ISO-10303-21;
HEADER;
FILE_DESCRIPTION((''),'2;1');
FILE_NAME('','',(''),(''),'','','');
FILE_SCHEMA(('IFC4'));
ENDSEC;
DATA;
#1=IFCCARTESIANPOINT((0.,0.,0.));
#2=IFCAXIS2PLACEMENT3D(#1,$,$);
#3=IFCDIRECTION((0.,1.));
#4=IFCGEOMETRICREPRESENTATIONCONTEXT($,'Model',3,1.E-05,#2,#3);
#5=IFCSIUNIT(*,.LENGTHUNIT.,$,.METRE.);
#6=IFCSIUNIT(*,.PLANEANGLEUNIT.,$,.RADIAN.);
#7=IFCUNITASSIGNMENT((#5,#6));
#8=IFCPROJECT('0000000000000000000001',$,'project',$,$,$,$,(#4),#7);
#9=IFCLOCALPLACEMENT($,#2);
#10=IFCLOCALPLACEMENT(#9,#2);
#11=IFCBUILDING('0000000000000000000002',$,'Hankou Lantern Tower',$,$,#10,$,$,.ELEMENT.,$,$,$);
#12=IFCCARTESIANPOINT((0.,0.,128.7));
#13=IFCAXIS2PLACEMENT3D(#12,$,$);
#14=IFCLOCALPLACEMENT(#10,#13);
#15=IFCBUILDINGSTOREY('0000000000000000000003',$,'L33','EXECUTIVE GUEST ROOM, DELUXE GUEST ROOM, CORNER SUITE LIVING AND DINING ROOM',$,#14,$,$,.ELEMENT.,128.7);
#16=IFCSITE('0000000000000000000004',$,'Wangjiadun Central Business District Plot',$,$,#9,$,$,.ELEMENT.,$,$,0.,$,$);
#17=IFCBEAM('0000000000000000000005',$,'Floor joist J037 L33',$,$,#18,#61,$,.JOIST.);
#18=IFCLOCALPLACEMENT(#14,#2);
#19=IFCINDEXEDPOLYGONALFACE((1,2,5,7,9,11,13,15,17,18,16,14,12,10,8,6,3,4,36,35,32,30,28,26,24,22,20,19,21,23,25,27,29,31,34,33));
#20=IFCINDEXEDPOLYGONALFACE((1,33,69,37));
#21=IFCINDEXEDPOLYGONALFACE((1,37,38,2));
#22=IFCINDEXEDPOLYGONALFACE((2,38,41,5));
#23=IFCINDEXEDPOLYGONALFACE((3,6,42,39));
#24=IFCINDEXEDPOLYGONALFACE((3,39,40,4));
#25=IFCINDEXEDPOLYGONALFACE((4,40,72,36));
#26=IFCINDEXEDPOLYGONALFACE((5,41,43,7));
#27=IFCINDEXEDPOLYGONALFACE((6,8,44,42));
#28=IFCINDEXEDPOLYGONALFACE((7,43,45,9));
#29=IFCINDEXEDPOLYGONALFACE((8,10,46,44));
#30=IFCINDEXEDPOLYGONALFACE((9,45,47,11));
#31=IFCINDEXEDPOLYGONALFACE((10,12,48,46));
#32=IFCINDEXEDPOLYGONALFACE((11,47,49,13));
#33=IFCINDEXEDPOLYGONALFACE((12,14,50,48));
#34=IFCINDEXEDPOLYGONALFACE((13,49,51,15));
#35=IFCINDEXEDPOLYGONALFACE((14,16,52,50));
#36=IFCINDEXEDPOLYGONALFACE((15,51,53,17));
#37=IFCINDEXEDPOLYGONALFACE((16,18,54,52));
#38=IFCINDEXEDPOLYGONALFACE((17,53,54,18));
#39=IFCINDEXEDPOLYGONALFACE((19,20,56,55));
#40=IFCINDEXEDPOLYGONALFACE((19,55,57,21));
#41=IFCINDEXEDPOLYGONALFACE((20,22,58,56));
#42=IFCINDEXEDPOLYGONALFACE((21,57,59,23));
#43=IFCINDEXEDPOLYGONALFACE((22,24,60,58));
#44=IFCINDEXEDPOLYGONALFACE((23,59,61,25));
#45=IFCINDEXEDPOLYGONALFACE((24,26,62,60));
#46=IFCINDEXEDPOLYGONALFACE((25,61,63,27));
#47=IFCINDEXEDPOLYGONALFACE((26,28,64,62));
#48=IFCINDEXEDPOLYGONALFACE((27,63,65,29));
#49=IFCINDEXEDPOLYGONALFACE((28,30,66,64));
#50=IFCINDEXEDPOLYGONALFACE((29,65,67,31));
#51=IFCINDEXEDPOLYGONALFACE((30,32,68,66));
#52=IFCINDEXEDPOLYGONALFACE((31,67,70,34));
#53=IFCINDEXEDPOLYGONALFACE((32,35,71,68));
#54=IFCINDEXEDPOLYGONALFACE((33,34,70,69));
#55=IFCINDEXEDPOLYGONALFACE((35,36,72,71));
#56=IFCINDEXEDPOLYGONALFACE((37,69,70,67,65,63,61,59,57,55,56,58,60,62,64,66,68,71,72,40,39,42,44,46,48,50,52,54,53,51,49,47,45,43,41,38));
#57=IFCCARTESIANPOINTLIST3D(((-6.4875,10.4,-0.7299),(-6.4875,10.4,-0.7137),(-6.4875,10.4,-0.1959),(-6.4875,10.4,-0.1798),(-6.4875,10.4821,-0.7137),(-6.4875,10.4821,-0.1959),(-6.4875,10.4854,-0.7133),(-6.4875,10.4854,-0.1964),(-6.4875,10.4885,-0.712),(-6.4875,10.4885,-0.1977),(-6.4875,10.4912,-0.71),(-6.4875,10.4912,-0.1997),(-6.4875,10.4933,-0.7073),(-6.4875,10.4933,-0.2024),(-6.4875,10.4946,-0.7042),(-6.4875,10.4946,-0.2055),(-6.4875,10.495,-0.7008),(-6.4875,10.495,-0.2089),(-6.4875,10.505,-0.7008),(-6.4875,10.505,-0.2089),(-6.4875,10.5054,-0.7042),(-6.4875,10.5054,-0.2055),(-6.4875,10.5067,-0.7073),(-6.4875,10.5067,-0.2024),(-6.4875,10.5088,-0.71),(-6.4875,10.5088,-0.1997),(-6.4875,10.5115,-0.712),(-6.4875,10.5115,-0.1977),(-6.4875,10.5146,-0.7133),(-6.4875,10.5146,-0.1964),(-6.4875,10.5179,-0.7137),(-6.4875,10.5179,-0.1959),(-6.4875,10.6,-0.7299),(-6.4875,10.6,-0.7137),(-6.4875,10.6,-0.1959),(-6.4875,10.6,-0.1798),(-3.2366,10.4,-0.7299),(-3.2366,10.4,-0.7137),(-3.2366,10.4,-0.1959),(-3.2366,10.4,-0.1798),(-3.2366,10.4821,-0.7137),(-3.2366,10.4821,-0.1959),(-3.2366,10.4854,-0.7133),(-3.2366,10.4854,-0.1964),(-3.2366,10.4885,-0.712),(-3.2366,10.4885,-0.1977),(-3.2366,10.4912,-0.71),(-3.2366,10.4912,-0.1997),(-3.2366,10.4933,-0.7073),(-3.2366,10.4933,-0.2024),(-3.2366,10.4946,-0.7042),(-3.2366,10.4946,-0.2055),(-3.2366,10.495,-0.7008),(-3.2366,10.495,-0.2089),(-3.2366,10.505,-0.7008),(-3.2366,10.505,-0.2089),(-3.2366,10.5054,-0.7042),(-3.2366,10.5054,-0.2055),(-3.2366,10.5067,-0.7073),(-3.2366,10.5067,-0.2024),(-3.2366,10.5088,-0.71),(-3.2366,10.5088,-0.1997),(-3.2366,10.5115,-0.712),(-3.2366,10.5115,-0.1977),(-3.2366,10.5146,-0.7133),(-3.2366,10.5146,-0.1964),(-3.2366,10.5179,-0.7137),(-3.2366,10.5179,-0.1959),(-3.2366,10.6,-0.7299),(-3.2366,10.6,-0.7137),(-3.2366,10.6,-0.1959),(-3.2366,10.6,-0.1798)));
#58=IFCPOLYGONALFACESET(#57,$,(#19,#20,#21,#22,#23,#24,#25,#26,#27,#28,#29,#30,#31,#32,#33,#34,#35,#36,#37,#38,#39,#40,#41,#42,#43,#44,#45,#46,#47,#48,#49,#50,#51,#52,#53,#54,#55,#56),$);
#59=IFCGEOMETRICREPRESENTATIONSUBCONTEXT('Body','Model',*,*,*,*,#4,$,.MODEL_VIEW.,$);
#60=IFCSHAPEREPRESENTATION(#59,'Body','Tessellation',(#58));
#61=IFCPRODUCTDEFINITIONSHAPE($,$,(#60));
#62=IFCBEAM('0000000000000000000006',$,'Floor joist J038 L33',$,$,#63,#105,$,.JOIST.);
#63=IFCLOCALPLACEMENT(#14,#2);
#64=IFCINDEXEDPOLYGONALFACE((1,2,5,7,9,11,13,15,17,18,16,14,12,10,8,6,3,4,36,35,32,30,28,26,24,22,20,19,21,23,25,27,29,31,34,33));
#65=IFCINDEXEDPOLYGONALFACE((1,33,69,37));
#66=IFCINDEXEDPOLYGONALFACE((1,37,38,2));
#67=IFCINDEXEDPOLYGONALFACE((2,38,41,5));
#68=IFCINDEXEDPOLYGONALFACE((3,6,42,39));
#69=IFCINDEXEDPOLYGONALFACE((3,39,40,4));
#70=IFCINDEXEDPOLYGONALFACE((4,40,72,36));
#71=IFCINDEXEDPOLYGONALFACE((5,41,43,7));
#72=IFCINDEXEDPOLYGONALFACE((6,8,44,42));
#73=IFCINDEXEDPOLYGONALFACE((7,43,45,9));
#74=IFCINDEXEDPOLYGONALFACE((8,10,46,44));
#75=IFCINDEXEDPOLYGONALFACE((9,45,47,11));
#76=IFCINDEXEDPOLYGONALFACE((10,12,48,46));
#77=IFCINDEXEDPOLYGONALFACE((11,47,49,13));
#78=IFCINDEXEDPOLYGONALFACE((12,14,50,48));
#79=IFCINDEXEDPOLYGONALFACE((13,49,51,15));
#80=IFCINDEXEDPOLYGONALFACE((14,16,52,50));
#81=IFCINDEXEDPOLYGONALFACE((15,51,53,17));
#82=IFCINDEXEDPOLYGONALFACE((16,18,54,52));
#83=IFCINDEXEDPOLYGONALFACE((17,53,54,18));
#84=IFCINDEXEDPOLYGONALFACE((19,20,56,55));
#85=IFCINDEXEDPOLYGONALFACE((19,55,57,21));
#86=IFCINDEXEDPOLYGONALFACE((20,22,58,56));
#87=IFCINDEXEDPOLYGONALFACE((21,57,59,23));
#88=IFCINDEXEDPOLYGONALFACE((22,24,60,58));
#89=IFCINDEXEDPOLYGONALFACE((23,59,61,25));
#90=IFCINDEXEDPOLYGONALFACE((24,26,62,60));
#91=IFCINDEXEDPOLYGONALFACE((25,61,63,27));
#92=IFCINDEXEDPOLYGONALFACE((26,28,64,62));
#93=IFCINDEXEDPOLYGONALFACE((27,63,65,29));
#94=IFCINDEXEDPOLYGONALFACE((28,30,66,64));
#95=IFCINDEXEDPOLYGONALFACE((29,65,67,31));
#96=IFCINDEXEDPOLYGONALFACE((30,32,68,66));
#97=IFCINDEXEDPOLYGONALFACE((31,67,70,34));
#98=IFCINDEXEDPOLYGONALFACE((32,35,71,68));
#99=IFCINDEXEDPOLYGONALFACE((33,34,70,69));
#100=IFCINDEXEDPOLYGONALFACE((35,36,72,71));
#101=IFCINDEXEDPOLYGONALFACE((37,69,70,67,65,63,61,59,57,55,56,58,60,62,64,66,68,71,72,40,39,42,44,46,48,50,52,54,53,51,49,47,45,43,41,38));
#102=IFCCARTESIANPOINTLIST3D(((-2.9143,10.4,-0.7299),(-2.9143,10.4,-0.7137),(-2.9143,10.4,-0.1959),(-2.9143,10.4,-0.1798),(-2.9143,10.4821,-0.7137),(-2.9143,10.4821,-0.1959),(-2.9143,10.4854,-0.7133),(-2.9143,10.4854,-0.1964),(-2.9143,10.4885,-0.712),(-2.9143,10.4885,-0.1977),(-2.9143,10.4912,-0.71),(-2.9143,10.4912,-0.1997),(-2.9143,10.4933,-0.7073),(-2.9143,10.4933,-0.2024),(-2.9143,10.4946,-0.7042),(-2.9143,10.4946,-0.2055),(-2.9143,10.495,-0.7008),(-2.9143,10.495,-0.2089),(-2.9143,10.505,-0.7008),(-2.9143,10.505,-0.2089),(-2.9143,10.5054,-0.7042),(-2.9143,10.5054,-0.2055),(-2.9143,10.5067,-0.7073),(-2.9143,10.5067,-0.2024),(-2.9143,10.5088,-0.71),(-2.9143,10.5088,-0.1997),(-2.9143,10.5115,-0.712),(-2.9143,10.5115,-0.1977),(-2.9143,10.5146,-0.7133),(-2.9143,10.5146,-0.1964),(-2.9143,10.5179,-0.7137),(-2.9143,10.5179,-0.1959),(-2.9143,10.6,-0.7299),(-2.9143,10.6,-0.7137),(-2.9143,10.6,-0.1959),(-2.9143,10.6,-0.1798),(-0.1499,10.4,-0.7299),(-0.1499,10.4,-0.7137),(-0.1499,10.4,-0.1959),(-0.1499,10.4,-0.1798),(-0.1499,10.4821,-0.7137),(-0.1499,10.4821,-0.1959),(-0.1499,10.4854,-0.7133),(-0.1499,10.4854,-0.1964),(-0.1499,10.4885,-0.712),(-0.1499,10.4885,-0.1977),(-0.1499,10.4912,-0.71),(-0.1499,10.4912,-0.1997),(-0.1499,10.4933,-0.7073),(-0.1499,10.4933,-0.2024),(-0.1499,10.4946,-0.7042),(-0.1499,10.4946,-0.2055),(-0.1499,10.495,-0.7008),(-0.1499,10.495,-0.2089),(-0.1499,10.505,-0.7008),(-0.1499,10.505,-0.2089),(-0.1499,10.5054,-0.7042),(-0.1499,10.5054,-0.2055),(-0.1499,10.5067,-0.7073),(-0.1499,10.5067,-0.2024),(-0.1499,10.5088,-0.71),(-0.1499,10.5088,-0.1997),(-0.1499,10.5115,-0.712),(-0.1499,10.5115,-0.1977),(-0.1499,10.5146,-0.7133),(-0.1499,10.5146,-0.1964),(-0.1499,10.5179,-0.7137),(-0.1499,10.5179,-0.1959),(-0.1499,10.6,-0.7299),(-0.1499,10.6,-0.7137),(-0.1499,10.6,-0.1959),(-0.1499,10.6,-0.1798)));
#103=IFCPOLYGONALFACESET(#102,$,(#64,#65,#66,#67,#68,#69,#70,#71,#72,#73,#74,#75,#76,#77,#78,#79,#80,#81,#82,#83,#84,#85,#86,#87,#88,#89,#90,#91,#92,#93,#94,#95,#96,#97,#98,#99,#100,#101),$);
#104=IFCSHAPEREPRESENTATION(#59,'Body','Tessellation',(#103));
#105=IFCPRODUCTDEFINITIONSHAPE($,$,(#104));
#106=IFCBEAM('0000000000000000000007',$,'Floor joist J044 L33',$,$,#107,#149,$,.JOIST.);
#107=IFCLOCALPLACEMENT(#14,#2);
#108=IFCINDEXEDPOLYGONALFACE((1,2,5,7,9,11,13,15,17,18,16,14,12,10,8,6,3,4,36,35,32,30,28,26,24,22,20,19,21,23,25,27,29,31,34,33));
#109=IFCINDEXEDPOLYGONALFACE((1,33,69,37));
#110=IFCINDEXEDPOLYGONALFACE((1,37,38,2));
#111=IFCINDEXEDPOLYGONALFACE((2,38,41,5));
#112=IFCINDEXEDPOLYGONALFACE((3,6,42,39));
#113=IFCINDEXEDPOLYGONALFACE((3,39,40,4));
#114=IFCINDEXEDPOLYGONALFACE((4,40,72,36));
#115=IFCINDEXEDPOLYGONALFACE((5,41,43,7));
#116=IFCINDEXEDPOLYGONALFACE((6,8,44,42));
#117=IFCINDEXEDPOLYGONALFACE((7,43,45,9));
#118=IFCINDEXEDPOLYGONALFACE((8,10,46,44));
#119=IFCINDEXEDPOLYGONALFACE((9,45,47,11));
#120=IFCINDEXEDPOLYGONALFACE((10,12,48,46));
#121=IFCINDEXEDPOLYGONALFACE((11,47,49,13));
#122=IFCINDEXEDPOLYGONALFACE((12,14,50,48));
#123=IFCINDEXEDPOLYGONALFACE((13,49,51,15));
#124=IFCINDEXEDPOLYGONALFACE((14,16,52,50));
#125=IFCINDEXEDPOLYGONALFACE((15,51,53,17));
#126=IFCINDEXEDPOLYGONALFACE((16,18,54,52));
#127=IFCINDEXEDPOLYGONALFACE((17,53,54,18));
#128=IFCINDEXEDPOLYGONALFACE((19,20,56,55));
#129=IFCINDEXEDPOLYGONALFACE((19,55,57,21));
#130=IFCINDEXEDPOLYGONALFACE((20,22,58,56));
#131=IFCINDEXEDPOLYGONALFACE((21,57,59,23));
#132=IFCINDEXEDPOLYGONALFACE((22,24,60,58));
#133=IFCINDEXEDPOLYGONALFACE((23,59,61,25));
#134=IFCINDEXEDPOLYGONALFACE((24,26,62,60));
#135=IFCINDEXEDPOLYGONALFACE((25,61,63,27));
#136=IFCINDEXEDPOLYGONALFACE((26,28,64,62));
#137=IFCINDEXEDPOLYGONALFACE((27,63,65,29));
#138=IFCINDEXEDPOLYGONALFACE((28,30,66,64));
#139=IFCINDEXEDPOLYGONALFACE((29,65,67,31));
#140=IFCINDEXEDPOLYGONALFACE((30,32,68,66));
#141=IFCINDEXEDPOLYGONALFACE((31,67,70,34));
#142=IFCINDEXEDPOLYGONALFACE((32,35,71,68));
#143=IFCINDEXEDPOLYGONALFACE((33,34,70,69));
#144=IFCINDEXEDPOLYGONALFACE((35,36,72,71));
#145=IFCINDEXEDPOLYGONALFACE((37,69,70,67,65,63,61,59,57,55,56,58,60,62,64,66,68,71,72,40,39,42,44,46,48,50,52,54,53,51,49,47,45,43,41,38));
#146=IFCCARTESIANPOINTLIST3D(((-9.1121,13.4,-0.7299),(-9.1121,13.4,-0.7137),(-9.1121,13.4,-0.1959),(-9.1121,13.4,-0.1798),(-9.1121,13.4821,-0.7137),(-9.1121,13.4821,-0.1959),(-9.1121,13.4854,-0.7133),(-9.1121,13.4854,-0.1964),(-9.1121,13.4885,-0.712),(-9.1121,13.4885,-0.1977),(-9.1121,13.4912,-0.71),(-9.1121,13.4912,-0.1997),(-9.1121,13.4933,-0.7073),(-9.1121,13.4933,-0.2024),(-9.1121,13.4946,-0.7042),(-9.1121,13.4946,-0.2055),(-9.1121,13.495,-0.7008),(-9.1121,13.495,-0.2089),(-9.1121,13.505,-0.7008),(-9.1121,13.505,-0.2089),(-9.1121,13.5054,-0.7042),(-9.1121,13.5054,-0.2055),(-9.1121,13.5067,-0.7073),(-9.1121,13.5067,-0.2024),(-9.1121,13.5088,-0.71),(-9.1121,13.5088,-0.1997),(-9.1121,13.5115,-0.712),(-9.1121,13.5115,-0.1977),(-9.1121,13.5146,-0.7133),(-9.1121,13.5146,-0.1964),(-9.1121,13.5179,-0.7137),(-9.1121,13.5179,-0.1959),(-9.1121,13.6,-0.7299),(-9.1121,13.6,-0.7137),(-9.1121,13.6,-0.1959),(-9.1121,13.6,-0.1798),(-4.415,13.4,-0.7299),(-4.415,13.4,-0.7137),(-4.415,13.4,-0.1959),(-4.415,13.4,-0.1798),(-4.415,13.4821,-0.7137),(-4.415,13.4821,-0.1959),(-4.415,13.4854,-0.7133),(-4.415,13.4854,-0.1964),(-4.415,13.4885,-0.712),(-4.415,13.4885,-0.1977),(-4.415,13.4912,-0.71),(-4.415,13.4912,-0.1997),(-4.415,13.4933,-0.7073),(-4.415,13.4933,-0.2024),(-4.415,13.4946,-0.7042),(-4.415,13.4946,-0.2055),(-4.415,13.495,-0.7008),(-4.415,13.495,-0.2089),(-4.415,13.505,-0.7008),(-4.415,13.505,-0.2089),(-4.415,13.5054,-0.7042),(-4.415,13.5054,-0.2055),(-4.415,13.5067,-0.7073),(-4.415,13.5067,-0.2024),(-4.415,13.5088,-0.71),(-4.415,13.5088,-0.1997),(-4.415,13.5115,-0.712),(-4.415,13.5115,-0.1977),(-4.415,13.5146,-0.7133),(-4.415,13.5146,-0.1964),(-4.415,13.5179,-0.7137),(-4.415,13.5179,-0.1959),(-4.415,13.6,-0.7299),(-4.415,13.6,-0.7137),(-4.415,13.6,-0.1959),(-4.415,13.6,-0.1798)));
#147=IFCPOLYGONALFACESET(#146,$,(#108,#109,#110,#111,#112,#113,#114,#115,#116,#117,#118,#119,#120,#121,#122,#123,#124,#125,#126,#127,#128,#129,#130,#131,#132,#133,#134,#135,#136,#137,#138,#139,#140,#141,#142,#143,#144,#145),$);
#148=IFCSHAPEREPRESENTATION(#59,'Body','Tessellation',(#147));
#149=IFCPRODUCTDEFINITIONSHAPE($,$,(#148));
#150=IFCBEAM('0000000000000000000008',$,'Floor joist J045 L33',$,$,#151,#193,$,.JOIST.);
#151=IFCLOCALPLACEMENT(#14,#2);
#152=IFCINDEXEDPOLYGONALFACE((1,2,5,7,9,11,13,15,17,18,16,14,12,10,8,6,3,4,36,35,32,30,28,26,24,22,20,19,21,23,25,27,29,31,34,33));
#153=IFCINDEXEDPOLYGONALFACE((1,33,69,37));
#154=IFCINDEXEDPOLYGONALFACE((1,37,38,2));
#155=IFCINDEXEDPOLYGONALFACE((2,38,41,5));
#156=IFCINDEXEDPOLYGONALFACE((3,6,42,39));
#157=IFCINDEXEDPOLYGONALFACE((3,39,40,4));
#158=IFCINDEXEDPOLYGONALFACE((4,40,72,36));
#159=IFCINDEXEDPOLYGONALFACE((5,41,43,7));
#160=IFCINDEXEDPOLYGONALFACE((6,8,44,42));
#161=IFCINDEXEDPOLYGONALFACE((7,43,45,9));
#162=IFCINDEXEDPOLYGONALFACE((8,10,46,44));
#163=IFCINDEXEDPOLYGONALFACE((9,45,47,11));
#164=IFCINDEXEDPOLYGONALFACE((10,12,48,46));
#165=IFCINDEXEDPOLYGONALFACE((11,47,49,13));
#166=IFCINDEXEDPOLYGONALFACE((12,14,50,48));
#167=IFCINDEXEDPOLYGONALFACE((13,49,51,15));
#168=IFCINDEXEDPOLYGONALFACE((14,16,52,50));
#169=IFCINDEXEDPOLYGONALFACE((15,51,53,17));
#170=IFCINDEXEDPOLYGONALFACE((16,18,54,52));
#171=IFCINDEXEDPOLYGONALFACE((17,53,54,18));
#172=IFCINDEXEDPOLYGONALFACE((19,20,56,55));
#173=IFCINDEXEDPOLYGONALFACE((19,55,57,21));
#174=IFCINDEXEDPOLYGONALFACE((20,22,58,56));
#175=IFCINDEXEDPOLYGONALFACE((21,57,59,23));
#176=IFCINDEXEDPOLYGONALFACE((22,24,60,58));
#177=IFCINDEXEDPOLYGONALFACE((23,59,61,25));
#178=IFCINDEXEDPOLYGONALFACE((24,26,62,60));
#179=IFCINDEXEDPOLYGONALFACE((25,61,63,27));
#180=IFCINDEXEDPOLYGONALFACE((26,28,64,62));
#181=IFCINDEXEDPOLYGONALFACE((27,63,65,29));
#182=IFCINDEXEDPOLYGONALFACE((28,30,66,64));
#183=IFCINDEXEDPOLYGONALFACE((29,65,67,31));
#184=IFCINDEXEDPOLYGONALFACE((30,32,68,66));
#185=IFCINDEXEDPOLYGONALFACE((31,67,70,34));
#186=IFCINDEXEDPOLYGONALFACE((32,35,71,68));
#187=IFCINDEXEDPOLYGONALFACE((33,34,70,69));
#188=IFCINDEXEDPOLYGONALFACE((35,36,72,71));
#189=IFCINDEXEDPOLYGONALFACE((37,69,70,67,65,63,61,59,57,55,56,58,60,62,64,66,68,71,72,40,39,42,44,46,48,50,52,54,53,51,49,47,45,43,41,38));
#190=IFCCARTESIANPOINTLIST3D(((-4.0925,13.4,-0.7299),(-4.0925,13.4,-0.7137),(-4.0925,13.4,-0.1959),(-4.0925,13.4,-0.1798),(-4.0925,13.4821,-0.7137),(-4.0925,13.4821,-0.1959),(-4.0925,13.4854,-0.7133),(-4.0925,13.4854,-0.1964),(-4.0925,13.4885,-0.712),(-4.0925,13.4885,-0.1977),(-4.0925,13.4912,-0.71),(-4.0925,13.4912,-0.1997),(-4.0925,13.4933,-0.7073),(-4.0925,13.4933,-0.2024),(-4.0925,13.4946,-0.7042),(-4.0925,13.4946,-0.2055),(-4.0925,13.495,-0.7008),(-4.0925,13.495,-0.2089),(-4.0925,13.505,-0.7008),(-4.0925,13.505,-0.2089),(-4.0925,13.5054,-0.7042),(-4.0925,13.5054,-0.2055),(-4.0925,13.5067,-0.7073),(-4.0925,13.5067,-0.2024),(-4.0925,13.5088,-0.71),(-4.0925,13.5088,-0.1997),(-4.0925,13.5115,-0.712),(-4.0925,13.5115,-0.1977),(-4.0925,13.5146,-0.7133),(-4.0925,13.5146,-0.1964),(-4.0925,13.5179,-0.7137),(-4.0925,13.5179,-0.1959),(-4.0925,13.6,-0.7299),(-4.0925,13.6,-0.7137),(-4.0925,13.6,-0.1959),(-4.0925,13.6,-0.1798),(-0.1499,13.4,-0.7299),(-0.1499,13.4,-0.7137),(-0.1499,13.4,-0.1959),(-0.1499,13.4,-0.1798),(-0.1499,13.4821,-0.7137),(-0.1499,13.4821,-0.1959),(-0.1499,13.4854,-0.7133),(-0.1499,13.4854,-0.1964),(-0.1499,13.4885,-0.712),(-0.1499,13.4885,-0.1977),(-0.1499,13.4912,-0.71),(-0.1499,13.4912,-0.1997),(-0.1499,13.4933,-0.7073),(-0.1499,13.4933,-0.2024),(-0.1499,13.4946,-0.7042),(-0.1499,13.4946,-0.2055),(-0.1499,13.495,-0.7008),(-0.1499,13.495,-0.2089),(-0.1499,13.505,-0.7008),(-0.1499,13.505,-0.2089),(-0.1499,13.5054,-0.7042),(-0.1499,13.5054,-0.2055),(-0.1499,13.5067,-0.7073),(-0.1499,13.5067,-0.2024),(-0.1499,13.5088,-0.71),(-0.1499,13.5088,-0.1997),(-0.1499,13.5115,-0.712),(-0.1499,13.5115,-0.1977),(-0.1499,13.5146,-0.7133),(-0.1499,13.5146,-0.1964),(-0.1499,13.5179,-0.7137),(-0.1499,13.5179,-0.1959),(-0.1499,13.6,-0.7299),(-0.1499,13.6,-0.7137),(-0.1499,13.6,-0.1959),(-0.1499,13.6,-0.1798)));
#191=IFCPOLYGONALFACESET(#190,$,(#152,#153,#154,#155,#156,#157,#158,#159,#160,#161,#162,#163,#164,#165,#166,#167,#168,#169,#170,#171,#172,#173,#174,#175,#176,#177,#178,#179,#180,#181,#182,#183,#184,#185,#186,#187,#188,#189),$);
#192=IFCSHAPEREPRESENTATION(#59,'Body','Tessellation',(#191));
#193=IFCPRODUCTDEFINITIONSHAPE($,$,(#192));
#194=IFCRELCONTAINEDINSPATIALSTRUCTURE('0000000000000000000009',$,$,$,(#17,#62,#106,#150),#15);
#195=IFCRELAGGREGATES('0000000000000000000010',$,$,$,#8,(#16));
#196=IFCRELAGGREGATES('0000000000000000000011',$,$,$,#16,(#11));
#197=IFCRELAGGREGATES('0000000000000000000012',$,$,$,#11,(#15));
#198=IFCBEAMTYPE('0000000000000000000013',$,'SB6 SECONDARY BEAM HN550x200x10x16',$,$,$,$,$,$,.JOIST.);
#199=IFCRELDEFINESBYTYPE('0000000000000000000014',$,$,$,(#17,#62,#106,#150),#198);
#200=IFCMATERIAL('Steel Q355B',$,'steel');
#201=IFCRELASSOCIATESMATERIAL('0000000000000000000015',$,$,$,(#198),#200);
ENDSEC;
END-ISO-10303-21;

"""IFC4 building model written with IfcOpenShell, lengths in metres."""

from ifc_helpers import new_model, si_unit, direction, frame, origin, origin_2d, place, context, subcontext, project, spatial, i_section, extrude, material, material_profile, profile_set, type_object, element, save


model = new_model("IFC4")

# Units and contexts
model_context = context("Model", 3, precision=1e-05, world=origin(), true_north=direction((0.0, 1.0)))
body_context = subcontext(model_context, "Body", "Model", "MODEL_VIEW")
ifc_project = project(units=[si_unit("LENGTHUNIT", "METRE"), si_unit("PLANEANGLEUNIT", "RADIAN")], contexts=[model_context])

# Site, building, storey
site_placement = place(None, origin())
site = spatial("IfcSite", under=ifc_project, at=site_placement, Name="Wangjiadun Central Business District Plot", CompositionType="ELEMENT", RefElevation=0.0)
building_placement = place(site_placement, origin())
building = spatial("IfcBuilding", under=site, at=building_placement, Name="Hankou Lantern Tower", CompositionType="ELEMENT")
storey_placement = place(building_placement, frame((0.0, 0.0, 128.7)))
storey = spatial("IfcBuildingStorey", under=building, at=storey_placement, Name="L33", Description="EXECUTIVE GUEST ROOM, DELUXE GUEST ROOM, CORNER SUITE LIVING AND DINING ROOM", CompositionType="ELEMENT", Elevation=128.7)

# Beams
ifc_material_1 = material(Name="Steel Q355B", Category="steel")
ifc_material_profile_1 = material_profile(ifc_material_1, i_section(OverallWidth=0.2, OverallDepth=0.55, WebThickness=0.01, FlangeThickness=0.0161, FilletRadius=0.0129, at=origin_2d()), Name="HN550x200x10x16")
ifc_profile_set_1 = profile_set([ifc_material_profile_1], Name="Steel Q355B")
beam_type_1 = type_object("IfcBeamType", Name="SB6 SECONDARY BEAM HN550x200x10x16", PredefinedType="JOIST", material=ifc_profile_set_1)
beam_1_placement = place(storey_placement, frame((-6.4875, 10.5, -0.4548), z_axis=(1.0, 0.0, 0.0), x_axis=(0.0, 1.0, 0.0)))
element("IfcBeam", 1, at=beam_1_placement, inside=storey, type_object=beam_type_1, Name="Floor joist J037 L33", PredefinedType="JOIST", context=body_context, shape_type="SweptSolid", body=[
    extrude(i_section(OverallWidth=0.2, OverallDepth=0.55, WebThickness=0.01, FlangeThickness=0.0161, FilletRadius=0.0129, at=origin_2d()), origin(), (0.0, 0.0, 1.0), 3.251),
])
beam_2_placement = place(storey_placement, frame((-2.9143, 10.5, -0.4548), z_axis=(1.0, 0.0, 0.0), x_axis=(0.0, 1.0, 0.0)))
element("IfcBeam", 2, at=beam_2_placement, inside=storey, type_object=beam_type_1, Name="Floor joist J038 L33", PredefinedType="JOIST", context=body_context, shape_type="SweptSolid", body=[
    extrude(i_section(OverallWidth=0.2, OverallDepth=0.55, WebThickness=0.01, FlangeThickness=0.0161, FilletRadius=0.0129, at=origin_2d()), origin(), (0.0, 0.0, 1.0), 2.7644),
])
beam_3_placement = place(storey_placement, frame((-9.1121, 13.5, -0.4548), z_axis=(1.0, 0.0, 0.0), x_axis=(0.0, 1.0, 0.0)))
element("IfcBeam", 3, at=beam_3_placement, inside=storey, type_object=beam_type_1, Name="Floor joist J044 L33", PredefinedType="JOIST", context=body_context, shape_type="SweptSolid", body=[
    extrude(i_section(OverallWidth=0.2, OverallDepth=0.55, WebThickness=0.01, FlangeThickness=0.0161, FilletRadius=0.0129, at=origin_2d()), origin(), (0.0, 0.0, 1.0), 4.697),
])
beam_4_placement = place(storey_placement, frame((-4.0925, 13.5, -0.4548), z_axis=(1.0, 0.0, 0.0), x_axis=(0.0, 1.0, 0.0)))
element("IfcBeam", 4, at=beam_4_placement, inside=storey, type_object=beam_type_1, Name="Floor joist J045 L33", PredefinedType="JOIST", context=body_context, shape_type="SweptSolid", body=[
    extrude(i_section(OverallWidth=0.2, OverallDepth=0.55, WebThickness=0.01, FlangeThickness=0.0161, FilletRadius=0.0129, at=origin_2d()), origin(), (0.0, 0.0, 1.0), 3.9426),
])

save(model, "model.ifc")
